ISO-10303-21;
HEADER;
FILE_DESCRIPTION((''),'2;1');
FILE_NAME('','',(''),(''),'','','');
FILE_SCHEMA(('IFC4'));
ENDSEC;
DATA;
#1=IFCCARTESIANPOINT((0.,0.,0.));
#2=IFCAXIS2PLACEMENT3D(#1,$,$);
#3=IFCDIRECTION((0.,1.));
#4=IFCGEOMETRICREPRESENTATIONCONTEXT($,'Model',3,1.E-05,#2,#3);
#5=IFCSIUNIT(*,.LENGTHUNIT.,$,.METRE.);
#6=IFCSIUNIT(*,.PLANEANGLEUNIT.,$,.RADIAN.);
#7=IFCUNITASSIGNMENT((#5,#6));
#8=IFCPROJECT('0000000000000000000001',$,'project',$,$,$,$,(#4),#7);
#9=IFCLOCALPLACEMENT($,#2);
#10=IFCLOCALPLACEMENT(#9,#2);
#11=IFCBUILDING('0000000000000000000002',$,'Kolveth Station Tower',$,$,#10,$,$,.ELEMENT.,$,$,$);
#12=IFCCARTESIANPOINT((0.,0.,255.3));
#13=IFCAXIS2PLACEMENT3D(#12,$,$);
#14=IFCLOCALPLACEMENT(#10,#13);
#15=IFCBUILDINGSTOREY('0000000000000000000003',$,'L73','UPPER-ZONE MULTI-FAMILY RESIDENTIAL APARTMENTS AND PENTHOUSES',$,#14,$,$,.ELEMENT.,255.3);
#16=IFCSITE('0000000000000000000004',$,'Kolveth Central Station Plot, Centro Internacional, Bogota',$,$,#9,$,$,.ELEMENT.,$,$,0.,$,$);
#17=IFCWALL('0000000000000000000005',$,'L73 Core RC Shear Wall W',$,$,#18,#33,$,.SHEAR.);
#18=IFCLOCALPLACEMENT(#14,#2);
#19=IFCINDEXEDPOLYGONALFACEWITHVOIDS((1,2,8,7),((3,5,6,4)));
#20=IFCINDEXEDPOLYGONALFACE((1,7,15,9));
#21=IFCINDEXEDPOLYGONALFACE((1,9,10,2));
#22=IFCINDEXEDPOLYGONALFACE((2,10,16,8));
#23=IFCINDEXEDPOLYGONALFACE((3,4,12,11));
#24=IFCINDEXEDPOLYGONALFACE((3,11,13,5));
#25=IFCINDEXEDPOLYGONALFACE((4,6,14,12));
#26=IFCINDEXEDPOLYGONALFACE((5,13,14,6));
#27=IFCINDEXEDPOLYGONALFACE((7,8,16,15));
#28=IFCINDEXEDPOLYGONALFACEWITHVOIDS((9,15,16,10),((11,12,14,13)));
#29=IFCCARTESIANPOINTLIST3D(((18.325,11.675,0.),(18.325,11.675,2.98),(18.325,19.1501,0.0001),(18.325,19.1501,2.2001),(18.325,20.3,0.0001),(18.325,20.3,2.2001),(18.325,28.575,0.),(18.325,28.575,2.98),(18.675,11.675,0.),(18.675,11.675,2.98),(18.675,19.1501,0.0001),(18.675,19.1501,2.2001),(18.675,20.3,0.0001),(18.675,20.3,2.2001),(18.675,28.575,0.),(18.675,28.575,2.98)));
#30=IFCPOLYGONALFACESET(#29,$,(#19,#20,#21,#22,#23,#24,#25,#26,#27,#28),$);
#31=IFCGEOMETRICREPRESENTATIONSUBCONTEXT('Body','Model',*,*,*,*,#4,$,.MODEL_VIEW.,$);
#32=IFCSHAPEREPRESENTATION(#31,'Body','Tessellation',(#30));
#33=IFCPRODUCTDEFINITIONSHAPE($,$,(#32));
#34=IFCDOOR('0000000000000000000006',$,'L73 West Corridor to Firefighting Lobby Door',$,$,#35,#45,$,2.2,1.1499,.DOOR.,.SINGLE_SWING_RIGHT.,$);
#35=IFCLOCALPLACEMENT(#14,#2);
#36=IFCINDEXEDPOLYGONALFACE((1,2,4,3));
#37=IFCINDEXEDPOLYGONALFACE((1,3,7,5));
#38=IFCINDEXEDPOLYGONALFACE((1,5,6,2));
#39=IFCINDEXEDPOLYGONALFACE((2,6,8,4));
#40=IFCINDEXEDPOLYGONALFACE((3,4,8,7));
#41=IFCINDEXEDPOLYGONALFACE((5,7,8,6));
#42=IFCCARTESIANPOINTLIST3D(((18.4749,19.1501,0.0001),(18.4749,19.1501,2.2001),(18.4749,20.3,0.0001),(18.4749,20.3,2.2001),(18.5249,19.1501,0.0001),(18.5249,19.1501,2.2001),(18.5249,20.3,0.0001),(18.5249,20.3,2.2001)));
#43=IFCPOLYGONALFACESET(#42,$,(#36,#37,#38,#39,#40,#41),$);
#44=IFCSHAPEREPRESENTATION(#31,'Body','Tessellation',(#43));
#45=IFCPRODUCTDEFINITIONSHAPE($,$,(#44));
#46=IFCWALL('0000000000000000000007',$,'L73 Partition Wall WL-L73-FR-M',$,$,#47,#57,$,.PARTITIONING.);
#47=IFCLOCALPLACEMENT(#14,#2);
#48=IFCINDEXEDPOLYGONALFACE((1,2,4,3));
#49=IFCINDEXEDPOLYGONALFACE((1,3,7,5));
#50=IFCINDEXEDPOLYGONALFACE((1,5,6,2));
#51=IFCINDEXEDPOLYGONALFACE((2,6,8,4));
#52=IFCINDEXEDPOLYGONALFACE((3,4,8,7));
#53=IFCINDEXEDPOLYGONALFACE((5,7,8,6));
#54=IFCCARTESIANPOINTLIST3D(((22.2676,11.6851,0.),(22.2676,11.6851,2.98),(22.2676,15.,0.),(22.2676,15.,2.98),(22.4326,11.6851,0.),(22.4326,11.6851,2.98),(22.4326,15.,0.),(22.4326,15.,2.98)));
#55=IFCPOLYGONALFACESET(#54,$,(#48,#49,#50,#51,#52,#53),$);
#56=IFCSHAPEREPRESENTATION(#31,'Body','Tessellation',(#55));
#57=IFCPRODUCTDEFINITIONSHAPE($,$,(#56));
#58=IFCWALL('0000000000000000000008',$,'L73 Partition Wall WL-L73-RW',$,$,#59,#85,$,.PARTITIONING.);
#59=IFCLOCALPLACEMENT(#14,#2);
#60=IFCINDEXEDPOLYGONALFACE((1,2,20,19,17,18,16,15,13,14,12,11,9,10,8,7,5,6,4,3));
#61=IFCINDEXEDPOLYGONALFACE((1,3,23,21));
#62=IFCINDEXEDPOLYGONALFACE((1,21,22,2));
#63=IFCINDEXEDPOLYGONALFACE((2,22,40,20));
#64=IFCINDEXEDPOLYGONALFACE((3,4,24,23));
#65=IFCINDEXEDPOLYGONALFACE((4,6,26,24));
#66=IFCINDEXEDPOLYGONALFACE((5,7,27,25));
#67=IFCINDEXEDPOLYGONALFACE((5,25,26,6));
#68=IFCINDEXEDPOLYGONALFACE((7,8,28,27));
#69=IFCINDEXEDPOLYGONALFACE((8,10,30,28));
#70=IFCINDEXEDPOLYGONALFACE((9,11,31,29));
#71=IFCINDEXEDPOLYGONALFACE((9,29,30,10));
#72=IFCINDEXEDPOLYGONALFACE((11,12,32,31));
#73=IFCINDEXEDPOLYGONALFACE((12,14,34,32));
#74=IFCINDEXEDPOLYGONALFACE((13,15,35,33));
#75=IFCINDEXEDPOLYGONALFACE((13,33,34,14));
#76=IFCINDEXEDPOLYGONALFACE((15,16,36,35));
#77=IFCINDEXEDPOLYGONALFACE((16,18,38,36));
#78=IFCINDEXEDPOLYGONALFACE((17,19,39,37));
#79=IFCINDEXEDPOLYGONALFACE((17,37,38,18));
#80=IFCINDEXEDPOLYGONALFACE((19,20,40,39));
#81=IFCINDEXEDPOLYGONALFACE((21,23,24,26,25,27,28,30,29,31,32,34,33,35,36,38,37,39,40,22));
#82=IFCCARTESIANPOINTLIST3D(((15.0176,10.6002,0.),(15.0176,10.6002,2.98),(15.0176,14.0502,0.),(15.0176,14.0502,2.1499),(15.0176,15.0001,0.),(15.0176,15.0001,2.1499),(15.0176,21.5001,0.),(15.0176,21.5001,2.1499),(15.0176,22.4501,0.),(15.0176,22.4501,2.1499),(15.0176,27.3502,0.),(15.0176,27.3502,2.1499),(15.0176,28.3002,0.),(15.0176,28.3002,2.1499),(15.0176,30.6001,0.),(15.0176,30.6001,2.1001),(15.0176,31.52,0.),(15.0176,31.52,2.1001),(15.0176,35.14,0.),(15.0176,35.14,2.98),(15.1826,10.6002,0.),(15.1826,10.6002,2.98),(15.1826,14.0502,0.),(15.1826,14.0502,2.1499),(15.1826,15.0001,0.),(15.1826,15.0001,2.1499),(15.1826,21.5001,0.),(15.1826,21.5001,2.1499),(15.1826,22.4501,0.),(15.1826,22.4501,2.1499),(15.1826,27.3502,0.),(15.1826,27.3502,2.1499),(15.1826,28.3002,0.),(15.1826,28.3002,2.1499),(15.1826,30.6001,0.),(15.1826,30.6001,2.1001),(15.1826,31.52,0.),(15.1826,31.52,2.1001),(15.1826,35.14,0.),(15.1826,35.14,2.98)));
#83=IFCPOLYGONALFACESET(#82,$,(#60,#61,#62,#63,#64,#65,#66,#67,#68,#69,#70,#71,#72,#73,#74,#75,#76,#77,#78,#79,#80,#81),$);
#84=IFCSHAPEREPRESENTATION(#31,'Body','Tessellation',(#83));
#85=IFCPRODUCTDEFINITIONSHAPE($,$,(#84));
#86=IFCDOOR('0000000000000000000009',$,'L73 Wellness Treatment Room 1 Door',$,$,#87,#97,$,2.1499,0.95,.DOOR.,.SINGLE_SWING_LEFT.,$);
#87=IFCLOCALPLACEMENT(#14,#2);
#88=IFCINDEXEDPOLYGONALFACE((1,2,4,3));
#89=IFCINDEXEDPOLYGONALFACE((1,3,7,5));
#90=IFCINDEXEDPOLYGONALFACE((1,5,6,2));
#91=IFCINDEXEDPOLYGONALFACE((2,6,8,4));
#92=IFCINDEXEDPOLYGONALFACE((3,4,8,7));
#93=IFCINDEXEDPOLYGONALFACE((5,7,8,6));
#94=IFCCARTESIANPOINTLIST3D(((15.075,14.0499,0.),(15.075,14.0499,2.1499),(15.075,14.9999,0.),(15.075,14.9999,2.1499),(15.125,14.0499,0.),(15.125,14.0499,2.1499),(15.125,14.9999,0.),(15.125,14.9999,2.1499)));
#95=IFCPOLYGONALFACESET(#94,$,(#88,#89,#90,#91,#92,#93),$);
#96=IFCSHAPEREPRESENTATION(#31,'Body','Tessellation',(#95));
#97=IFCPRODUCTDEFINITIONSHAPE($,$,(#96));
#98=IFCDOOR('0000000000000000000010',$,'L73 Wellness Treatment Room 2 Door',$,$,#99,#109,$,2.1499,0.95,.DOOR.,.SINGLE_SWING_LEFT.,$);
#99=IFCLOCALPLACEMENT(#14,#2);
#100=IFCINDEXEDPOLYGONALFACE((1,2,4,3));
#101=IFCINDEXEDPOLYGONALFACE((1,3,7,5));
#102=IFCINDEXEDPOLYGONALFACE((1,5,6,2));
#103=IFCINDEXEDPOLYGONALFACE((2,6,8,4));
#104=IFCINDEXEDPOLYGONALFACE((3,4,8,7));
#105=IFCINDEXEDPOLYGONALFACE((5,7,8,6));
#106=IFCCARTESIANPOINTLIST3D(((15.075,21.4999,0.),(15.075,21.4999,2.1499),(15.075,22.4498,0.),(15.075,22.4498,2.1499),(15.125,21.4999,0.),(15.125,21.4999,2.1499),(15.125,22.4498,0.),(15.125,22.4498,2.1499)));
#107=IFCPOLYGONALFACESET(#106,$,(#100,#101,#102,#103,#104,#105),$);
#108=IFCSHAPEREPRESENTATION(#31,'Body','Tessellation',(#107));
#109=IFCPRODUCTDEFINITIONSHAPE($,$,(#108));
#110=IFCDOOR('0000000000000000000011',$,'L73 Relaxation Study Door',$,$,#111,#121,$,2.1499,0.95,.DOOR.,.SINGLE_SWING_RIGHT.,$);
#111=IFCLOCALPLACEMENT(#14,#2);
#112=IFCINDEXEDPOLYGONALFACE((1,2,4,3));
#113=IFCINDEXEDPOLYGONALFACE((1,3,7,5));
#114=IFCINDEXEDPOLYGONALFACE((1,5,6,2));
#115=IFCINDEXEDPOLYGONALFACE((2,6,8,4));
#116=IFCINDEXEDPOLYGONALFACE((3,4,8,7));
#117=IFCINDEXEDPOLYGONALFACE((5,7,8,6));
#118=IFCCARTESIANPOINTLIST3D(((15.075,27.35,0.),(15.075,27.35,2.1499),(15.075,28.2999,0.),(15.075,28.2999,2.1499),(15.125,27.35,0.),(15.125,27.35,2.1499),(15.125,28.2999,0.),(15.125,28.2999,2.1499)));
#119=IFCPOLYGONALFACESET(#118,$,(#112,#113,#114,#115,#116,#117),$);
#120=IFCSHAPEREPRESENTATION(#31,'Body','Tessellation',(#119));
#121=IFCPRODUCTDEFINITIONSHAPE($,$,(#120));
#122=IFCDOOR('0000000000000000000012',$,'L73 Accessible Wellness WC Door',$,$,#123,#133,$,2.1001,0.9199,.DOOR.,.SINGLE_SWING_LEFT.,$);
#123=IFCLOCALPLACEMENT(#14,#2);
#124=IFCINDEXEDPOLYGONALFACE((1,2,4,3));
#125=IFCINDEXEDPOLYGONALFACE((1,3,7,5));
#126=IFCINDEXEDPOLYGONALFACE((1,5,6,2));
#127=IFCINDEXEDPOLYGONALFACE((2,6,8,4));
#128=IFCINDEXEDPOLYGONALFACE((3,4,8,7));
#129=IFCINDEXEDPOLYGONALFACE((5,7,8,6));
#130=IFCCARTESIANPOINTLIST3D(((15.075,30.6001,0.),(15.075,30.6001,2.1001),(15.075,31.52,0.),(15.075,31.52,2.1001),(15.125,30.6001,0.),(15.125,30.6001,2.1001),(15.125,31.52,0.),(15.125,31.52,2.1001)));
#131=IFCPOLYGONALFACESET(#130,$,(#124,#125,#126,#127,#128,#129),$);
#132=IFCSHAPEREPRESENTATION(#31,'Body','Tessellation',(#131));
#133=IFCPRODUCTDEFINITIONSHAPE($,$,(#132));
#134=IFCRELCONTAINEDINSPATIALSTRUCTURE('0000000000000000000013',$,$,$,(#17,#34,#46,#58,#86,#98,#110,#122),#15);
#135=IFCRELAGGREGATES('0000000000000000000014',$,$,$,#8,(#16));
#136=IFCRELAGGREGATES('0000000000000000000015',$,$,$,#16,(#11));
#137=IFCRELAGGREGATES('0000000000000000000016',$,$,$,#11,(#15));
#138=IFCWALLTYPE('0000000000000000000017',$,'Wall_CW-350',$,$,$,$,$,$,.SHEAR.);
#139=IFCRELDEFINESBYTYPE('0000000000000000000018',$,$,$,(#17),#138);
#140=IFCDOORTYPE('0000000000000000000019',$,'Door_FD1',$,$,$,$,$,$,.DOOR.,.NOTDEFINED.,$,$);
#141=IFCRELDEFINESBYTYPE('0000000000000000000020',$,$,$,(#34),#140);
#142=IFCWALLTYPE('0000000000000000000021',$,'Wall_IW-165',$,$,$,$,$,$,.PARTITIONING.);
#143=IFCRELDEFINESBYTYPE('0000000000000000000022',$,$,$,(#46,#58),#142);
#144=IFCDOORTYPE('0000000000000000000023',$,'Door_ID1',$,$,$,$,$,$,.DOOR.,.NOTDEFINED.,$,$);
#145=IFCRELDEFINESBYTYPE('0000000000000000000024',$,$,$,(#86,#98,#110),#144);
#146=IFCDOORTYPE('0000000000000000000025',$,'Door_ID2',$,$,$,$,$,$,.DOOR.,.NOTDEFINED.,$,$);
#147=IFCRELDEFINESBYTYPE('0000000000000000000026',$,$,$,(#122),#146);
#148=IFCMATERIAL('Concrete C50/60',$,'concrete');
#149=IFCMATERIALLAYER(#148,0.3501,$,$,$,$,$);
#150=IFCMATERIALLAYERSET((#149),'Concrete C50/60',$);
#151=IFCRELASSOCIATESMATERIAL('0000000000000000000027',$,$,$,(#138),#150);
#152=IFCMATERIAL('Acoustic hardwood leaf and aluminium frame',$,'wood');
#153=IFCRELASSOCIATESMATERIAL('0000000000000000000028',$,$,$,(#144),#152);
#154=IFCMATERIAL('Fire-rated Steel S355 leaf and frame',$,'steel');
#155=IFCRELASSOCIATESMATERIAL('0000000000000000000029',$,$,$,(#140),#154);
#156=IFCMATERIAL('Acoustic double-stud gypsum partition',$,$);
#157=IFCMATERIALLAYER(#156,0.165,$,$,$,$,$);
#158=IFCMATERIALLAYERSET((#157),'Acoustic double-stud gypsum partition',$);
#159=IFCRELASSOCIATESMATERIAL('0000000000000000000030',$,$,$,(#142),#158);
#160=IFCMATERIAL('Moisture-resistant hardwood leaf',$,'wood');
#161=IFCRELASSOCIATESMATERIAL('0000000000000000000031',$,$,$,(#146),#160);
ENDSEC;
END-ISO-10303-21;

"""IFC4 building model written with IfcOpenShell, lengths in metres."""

from ifc_helpers import new_model, si_unit, direction, frame, frame_2d, origin, place, context, subcontext, project, spatial, rectangle, extrude, material, layer, layer_set, type_object, element, fill, save


model = new_model("IFC4")

# Units and contexts
model_context = context("Model", 3, precision=1e-05, world=origin(), true_north=direction((0.0, 1.0)))
body_context = subcontext(model_context, "Body", "Model", "MODEL_VIEW")
ifc_project = project(units=[si_unit("LENGTHUNIT", "METRE"), si_unit("PLANEANGLEUNIT", "RADIAN")], contexts=[model_context])

# Site, building, storey
site_placement = place(None, origin())
site = spatial("IfcSite", under=ifc_project, at=site_placement, Name="Kolveth Central Station Plot, Centro Internacional, Bogota", CompositionType="ELEMENT", RefElevation=0.0)
building_placement = place(site_placement, origin())
building = spatial("IfcBuilding", under=site, at=building_placement, Name="Kolveth Station Tower", CompositionType="ELEMENT")
storey_placement = place(building_placement, frame((0.0, 0.0, 255.3)))
storey = spatial("IfcBuildingStorey", under=building, at=storey_placement, Name="L73", Description="UPPER-ZONE MULTI-FAMILY RESIDENTIAL APARTMENTS AND PENTHOUSES", CompositionType="ELEMENT", Elevation=255.3)

# Shared definitions
ifc_material_1 = material(Name="Concrete C50/60", Category="concrete")
ifc_layer_1 = layer(ifc_material_1, 0.3501)
ifc_layer_set_1 = layer_set([ifc_layer_1], Name="Concrete C50/60")
wall_type_1 = type_object("IfcWallType", Name="Wall_CW-350", PredefinedType="SHEAR", material=ifc_layer_set_1)
ifc_material_2 = material(Name="Acoustic hardwood leaf and aluminium frame", Category="wood")
door_type_1 = type_object("IfcDoorType", Name="Door_ID1", OperationType="NOTDEFINED", PredefinedType="DOOR", material=ifc_material_2)

# Wall, opening, door
wall_1_placement = place(storey_placement, frame((18.5, 11.675, 0.0), z_axis=(0.0, 0.0, 1.0), x_axis=(0.0, 1.0, 0.0)))
wall_1 = element("IfcWall", 1, at=wall_1_placement, inside=storey, type_object=wall_type_1, Name="L73 Core RC Shear Wall W", PredefinedType="SHEAR", context=body_context, shape_type="SweptSolid", body=[
    extrude(rectangle(XDim=16.8999, YDim=0.3501, at=frame_2d((8.45, 0.0))), origin(), (0.0, 0.0, 1.0), 2.98),
])
opening_1_placement = place(wall_1_placement, frame((7.4751, 0.0, 0.0)))
opening_1 = element("IfcOpeningElement", 2, at=opening_1_placement, cuts=wall_1, PredefinedType="OPENING", context=body_context, shape_type="SweptSolid", body=[
    extrude(rectangle(XDim=1.1499, YDim=2.2, at=frame_2d((0.575, 1.1001))), frame((0.0, 0.1851, 0.0), z_axis=(0.0, -1.0, 0.0), x_axis=(1.0, 0.0, 0.0)), (0.0, 0.0, 1.0), 0.3701),
])
ifc_material_3 = material(Name="Fire-rated Steel S355 leaf and frame", Category="steel")
door_type_2 = type_object("IfcDoorType", Name="Door_FD1", OperationType="NOTDEFINED", PredefinedType="DOOR", material=ifc_material_3)
door_1_placement = place(opening_1_placement, frame((1.1499, 0.0, 0.0), z_axis=(0.0, 0.0, 1.0), x_axis=(-1.0, 0.0, 0.0)))
door_1 = element("IfcDoor", 3, at=door_1_placement, inside=storey, type_object=door_type_2, Name="L73 West Corridor to Firefighting Lobby Door", OperationType="SINGLE_SWING_RIGHT", OverallHeight=2.2, OverallWidth=1.1499, PredefinedType="DOOR", context=body_context, shape_type="SweptSolid", body=[
    extrude(rectangle(XDim=1.1499, YDim=2.2, at=frame_2d((0.575, 1.1001))), frame((0.0, 0.0249, 0.0), z_axis=(0.0, -1.0, 0.0), x_axis=(1.0, 0.0, 0.0)), (0.0, 0.0, 1.0), 0.05),
])
fill(opening_1, door_1)

# Wall
ifc_material_4 = material(Name="Acoustic double-stud gypsum partition")
ifc_layer_2 = layer(ifc_material_4, 0.165)
ifc_layer_set_2 = layer_set([ifc_layer_2], Name="Acoustic double-stud gypsum partition")
wall_type_2 = type_object("IfcWallType", Name="Wall_IW-165", PredefinedType="PARTITIONING", material=ifc_layer_set_2)
wall_2_placement = place(storey_placement, frame((22.3501, 11.6851, 0.0), z_axis=(0.0, 0.0, 1.0), x_axis=(0.0, 1.0, 0.0)))
element("IfcWall", 4, at=wall_2_placement, inside=storey, type_object=wall_type_2, Name="L73 Partition Wall WL-L73-FR-M", PredefinedType="PARTITIONING", context=body_context, shape_type="SweptSolid", body=[
    extrude(rectangle(XDim=3.3149, YDim=0.165, at=frame_2d((1.6575, 0.0))), origin(), (0.0, 0.0, 1.0), 2.98),
])

# Wall, openings, doors
wall_3_placement = place(storey_placement, frame((15.1001, 10.6001, 0.0), z_axis=(0.0, 0.0, 1.0), x_axis=(0.0, 1.0, 0.0)))
wall_3 = element("IfcWall", 5, at=wall_3_placement, inside=storey, type_object=wall_type_2, Name="L73 Partition Wall WL-L73-RW", PredefinedType="PARTITIONING", context=body_context, shape_type="SweptSolid", body=[
    extrude(rectangle(XDim=24.5398, YDim=0.165, at=frame_2d((12.27, 0.0))), origin(), (0.0, 0.0, 1.0), 2.98),
])
opening_2_placement = place(wall_3_placement, frame((3.45, 0.0, 0.0)))
opening_2 = element("IfcOpeningElement", 6, at=opening_2_placement, cuts=wall_3, PredefinedType="OPENING", context=body_context, shape_type="SweptSolid", body=[
    extrude(rectangle(XDim=0.95, YDim=2.1499, at=frame_2d((0.4751, 1.075))), frame((0.0, 0.0925, 0.0), z_axis=(0.0, -1.0, 0.0), x_axis=(1.0, 0.0, 0.0)), (0.0, 0.0, 1.0), 0.1851),
])
opening_3_placement = place(wall_3_placement, frame((10.8999, 0.0, 0.0)))
opening_3 = element("IfcOpeningElement", 7, at=opening_3_placement, cuts=wall_3, PredefinedType="OPENING", context=body_context, shape_type="SweptSolid", body=[
    extrude(rectangle(XDim=0.95, YDim=2.1499, at=frame_2d((0.4751, 1.075))), frame((0.0, 0.0925, 0.0), z_axis=(0.0, -1.0, 0.0), x_axis=(1.0, 0.0, 0.0)), (0.0, 0.0, 1.0), 0.1851),
])
opening_4_placement = place(wall_3_placement, frame((16.75, 0.0, 0.0)))
opening_4 = element("IfcOpeningElement", 8, at=opening_4_placement, cuts=wall_3, PredefinedType="OPENING", context=body_context, shape_type="SweptSolid", body=[
    extrude(rectangle(XDim=0.95, YDim=2.1499, at=frame_2d((0.4751, 1.075))), frame((0.0, 0.0925, 0.0), z_axis=(0.0, -1.0, 0.0), x_axis=(1.0, 0.0, 0.0)), (0.0, 0.0, 1.0), 0.1851),
])
opening_5_placement = place(wall_3_placement, frame((20.0, 0.0, 0.0)))
opening_5 = element("IfcOpeningElement", 9, at=opening_5_placement, cuts=wall_3, PredefinedType="OPENING", context=body_context, shape_type="SweptSolid", body=[
    extrude(rectangle(XDim=0.9199, YDim=2.1001, at=frame_2d((0.46, 1.05))), frame((0.0, 0.0925, 0.0), z_axis=(0.0, -1.0, 0.0), x_axis=(1.0, 0.0, 0.0)), (0.0, 0.0, 1.0), 0.1851),
])
door_2_placement = place(opening_2_placement, frame((0.95, 0.0, 0.0), z_axis=(0.0, 0.0, 1.0), x_axis=(-1.0, 0.0, 0.0)))
door_2 = element("IfcDoor", 10, at=door_2_placement, inside=storey, type_object=door_type_1, Name="L73 Wellness Treatment Room 1 Door", OperationType="SINGLE_SWING_LEFT", OverallHeight=2.1499, OverallWidth=0.95, PredefinedType="DOOR", context=body_context, shape_type="SweptSolid", body=[
    extrude(rectangle(XDim=0.95, YDim=2.1499, at=frame_2d((0.4751, 1.075))), frame((0.0, 0.0249, 0.0), z_axis=(0.0, -1.0, 0.0), x_axis=(1.0, 0.0, 0.0)), (0.0, 0.0, 1.0), 0.05),
])
fill(opening_2, door_2)
door_3_placement = place(opening_3_placement, frame((0.95, 0.0, 0.0), z_axis=(0.0, 0.0, 1.0), x_axis=(-1.0, 0.0, 0.0)))
door_3 = element("IfcDoor", 11, at=door_3_placement, inside=storey, type_object=door_type_1, Name="L73 Wellness Treatment Room 2 Door", OperationType="SINGLE_SWING_LEFT", OverallHeight=2.1499, OverallWidth=0.95, PredefinedType="DOOR", context=body_context, shape_type="SweptSolid", body=[
    extrude(rectangle(XDim=0.95, YDim=2.1499, at=frame_2d((0.4751, 1.075))), frame((0.0, 0.0249, 0.0), z_axis=(0.0, -1.0, 0.0), x_axis=(1.0, 0.0, 0.0)), (0.0, 0.0, 1.0), 0.05),
])
fill(opening_3, door_3)
door_4_placement = place(opening_4_placement, frame((0.95, 0.0, 0.0), z_axis=(0.0, 0.0, 1.0), x_axis=(-1.0, 0.0, 0.0)))
door_4 = element("IfcDoor", 12, at=door_4_placement, inside=storey, type_object=door_type_1, Name="L73 Relaxation Study Door", OperationType="SINGLE_SWING_RIGHT", OverallHeight=2.1499, OverallWidth=0.95, PredefinedType="DOOR", context=body_context, shape_type="SweptSolid", body=[
    extrude(rectangle(XDim=0.95, YDim=2.1499, at=frame_2d((0.4751, 1.075))), frame((0.0, 0.0249, 0.0), z_axis=(0.0, -1.0, 0.0), x_axis=(1.0, 0.0, 0.0)), (0.0, 0.0, 1.0), 0.05),
])
fill(opening_4, door_4)
ifc_material_5 = material(Name="Moisture-resistant hardwood leaf", Category="wood")
door_type_3 = type_object("IfcDoorType", Name="Door_ID2", OperationType="NOTDEFINED", PredefinedType="DOOR", material=ifc_material_5)
door_5_placement = place(opening_5_placement, frame((0.9199, 0.0, 0.0), z_axis=(0.0, 0.0, 1.0), x_axis=(-1.0, 0.0, 0.0)))
door_5 = element("IfcDoor", 13, at=door_5_placement, inside=storey, type_object=door_type_3, Name="L73 Accessible Wellness WC Door", OperationType="SINGLE_SWING_LEFT", OverallHeight=2.1001, OverallWidth=0.9199, PredefinedType="DOOR", context=body_context, shape_type="SweptSolid", body=[
    extrude(rectangle(XDim=0.9199, YDim=2.1001, at=frame_2d((0.46, 1.05))), frame((0.0, 0.0249, 0.0), z_axis=(0.0, -1.0, 0.0), x_axis=(1.0, 0.0, 0.0)), (0.0, 0.0, 1.0), 0.05),
])
fill(opening_5, door_5)

save(model, "model.ifc")
